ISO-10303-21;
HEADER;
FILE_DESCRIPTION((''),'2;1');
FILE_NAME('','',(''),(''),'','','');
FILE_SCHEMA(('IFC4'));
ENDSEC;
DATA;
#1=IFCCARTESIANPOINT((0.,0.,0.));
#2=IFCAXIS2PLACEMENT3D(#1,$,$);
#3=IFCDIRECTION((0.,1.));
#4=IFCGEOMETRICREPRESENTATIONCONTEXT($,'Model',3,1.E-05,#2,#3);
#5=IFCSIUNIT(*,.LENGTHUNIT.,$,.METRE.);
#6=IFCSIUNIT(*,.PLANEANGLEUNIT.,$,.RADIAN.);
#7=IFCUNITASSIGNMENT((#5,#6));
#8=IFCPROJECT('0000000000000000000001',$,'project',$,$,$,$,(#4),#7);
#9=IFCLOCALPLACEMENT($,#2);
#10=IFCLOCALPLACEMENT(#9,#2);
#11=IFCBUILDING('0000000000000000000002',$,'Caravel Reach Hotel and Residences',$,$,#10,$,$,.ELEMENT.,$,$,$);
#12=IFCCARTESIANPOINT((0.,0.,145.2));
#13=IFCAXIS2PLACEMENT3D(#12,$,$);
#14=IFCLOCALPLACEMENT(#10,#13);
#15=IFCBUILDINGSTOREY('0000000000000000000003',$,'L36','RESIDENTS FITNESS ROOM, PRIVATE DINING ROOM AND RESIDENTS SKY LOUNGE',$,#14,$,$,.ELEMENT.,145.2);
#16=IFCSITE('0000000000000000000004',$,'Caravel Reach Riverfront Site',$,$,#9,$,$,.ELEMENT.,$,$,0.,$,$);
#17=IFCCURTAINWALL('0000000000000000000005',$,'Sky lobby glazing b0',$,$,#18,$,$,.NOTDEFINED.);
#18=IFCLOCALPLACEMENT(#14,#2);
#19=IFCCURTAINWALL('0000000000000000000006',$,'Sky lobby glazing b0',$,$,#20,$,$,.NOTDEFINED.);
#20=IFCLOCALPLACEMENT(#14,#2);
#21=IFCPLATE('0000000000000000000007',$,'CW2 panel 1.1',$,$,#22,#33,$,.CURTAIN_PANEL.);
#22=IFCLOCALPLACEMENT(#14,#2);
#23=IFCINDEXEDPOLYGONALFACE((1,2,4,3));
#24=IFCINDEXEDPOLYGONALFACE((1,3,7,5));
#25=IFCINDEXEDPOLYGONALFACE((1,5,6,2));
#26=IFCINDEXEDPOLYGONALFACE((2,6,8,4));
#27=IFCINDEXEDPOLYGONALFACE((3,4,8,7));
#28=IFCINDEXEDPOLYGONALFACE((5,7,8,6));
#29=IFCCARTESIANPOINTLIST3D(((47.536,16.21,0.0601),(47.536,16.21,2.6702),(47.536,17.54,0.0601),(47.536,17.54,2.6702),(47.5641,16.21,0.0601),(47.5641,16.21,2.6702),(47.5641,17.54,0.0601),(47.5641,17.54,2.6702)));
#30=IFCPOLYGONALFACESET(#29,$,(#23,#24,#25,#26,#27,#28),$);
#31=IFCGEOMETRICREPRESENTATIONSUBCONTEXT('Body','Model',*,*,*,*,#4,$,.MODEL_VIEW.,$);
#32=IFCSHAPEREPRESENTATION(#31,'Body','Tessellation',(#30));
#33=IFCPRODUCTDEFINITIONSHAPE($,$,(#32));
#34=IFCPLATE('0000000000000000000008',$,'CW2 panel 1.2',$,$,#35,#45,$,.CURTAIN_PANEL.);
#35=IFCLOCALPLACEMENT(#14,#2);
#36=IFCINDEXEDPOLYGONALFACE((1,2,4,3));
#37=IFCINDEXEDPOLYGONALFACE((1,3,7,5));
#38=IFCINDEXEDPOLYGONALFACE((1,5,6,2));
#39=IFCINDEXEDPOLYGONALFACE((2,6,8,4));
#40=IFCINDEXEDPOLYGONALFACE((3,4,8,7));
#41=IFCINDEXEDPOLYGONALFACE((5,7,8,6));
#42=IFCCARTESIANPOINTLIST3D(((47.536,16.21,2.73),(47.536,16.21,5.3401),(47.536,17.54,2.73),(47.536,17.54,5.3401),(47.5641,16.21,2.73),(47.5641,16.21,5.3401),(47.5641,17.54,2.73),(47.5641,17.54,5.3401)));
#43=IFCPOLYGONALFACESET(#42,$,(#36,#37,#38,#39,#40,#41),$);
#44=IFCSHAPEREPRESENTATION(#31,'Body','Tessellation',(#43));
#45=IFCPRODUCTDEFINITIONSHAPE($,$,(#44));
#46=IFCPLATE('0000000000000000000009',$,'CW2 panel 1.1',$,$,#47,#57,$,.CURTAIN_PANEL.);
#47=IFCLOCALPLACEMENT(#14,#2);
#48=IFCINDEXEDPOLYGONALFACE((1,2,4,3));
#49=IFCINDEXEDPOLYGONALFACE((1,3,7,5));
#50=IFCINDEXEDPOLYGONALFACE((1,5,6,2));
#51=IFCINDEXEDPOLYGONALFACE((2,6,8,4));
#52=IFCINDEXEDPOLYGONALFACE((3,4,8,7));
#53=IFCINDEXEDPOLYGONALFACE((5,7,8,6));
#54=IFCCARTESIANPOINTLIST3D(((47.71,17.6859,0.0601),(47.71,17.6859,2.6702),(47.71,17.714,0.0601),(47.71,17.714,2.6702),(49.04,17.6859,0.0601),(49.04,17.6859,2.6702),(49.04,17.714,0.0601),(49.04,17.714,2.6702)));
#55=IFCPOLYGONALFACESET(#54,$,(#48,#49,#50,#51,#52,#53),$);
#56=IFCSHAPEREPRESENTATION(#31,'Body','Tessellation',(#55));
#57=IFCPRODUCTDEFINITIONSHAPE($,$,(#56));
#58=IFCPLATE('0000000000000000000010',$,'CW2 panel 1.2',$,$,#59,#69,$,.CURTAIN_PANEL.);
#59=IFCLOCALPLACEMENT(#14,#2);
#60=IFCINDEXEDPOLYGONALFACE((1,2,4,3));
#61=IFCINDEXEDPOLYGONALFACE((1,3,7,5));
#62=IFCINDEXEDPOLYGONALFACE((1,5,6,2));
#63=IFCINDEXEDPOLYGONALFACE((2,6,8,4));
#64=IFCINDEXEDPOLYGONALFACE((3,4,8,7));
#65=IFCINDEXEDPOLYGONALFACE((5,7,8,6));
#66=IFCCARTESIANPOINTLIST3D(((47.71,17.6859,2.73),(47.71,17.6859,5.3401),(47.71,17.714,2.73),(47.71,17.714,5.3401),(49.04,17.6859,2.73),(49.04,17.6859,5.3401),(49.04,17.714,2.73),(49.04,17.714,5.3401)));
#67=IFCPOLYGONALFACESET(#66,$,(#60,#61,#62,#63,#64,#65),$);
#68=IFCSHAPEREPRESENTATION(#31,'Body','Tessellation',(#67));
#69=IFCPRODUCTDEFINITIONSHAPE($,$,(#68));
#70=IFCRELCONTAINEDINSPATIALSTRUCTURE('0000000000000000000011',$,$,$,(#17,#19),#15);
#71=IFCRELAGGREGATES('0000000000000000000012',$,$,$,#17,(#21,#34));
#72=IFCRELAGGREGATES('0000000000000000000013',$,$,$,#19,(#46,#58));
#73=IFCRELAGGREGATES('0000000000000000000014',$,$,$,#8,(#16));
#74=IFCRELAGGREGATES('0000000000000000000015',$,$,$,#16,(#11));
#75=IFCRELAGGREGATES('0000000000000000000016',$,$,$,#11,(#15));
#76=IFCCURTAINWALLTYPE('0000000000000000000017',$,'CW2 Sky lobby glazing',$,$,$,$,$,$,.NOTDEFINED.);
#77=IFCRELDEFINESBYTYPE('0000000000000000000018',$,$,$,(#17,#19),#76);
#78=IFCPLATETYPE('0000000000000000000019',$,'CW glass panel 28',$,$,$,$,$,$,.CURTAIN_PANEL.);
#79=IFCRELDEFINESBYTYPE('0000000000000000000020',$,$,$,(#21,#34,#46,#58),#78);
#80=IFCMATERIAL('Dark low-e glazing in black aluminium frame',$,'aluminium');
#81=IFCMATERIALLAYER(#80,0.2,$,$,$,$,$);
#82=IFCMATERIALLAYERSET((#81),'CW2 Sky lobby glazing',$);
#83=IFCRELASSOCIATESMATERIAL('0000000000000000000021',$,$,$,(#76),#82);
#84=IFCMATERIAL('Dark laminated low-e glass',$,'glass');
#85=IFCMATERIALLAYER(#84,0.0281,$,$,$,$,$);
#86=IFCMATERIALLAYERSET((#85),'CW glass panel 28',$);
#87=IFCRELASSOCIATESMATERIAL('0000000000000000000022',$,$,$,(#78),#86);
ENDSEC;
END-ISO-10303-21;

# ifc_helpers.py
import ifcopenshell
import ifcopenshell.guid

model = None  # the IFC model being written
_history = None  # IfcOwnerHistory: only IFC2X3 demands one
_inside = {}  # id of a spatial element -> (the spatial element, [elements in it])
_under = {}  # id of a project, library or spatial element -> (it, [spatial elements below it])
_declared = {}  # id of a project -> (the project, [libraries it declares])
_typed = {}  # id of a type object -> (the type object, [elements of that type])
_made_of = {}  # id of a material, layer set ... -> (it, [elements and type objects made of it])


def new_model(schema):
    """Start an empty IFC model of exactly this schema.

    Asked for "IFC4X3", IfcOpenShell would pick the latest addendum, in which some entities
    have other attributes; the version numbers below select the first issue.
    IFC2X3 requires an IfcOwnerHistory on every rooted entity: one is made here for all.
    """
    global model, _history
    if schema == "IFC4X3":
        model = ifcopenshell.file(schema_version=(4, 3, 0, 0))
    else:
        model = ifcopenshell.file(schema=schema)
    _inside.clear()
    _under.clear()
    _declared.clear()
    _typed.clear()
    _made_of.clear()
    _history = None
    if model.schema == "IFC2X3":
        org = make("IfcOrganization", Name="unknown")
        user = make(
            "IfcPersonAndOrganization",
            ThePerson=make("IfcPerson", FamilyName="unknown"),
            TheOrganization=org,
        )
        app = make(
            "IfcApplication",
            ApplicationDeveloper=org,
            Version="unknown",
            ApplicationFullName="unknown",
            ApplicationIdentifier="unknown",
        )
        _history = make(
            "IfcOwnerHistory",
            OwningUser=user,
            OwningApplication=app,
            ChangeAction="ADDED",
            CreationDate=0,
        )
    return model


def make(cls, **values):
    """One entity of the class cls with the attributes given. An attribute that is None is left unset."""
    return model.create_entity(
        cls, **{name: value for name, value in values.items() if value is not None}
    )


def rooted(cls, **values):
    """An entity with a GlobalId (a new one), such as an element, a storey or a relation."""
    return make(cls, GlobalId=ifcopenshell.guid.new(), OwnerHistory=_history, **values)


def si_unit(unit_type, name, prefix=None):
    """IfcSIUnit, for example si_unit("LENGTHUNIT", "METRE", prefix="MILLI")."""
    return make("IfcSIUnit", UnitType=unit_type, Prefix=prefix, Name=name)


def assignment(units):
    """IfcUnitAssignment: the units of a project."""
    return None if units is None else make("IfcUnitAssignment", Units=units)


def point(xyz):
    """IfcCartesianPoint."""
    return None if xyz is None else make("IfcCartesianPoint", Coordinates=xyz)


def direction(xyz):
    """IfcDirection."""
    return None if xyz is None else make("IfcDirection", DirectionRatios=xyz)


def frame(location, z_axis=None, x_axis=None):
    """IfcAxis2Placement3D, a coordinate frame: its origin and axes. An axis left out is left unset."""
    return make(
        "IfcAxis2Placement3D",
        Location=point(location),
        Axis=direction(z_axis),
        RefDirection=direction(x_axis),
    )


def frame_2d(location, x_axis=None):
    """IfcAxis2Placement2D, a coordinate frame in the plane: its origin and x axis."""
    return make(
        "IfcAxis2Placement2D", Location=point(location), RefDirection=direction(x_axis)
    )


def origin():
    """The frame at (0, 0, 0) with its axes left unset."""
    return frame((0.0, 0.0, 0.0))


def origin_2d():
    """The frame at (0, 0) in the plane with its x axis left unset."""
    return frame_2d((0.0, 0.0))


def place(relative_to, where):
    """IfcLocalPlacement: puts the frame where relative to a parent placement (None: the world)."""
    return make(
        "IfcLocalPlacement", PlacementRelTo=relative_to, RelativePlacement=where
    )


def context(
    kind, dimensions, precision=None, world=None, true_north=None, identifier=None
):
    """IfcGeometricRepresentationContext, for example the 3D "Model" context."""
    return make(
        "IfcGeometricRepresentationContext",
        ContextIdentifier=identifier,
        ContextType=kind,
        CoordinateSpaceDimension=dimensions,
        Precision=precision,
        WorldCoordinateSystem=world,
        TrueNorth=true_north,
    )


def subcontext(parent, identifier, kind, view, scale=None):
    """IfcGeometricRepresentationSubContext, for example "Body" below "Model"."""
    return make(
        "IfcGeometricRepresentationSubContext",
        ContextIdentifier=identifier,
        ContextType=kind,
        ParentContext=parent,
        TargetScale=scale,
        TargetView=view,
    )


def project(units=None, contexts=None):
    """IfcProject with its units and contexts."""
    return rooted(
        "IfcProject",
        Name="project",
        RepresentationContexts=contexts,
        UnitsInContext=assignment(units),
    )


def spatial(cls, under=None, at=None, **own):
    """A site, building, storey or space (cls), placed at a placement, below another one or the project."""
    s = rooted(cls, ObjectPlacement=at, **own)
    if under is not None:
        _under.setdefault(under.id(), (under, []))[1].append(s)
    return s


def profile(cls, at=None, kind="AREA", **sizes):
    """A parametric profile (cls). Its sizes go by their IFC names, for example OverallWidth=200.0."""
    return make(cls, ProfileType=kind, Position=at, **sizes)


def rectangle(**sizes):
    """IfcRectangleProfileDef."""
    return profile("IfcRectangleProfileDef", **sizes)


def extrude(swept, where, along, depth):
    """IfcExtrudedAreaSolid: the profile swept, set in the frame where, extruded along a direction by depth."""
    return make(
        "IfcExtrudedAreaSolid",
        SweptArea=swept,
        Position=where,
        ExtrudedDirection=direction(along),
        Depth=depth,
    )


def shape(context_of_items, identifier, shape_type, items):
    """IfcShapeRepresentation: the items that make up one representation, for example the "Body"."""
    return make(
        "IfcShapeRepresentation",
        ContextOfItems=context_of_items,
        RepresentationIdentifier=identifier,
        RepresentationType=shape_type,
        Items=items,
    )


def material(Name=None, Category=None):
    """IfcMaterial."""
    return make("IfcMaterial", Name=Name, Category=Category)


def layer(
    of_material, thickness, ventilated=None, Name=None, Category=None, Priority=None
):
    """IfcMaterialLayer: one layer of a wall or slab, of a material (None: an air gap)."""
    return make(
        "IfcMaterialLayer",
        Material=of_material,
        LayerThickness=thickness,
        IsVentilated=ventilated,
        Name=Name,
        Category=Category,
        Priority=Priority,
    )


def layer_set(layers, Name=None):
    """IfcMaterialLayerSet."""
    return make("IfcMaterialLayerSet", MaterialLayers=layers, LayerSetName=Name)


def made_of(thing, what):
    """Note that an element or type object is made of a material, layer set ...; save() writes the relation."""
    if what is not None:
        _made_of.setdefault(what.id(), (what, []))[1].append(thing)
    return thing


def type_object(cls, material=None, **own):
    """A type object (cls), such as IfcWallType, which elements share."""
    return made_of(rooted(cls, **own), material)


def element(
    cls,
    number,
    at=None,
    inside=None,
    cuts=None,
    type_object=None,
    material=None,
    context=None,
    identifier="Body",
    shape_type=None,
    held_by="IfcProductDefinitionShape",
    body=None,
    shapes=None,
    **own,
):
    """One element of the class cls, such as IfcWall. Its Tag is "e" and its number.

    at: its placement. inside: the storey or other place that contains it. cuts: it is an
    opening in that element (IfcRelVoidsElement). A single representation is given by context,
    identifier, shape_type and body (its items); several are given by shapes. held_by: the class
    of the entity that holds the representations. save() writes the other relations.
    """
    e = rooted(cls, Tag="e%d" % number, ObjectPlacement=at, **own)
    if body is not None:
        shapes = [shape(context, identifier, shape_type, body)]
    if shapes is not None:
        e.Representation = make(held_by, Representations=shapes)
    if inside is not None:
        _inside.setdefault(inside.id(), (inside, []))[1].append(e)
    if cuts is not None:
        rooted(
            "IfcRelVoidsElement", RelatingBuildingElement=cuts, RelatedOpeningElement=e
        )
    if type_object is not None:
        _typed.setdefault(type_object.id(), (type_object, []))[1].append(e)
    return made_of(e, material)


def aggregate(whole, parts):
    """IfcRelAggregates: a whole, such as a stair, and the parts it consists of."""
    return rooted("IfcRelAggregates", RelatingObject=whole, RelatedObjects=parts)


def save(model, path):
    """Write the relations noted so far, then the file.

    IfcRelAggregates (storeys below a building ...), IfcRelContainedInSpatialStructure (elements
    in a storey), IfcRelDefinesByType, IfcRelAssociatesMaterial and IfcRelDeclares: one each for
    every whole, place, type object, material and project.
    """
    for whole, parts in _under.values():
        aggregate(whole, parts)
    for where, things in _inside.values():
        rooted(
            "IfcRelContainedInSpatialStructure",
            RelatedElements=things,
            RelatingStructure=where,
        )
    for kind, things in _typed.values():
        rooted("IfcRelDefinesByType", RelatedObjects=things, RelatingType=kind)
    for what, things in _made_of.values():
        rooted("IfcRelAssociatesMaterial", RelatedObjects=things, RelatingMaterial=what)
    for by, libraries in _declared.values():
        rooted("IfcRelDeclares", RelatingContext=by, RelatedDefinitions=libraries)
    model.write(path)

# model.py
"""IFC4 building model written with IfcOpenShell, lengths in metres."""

from ifc_helpers import new_model, si_unit, direction, frame, origin, origin_2d, place, context, subcontext, project, spatial, rectangle, extrude, material, layer, layer_set, type_object, element, aggregate, save


model = new_model("IFC4")

# Units and contexts
model_context = context("Model", 3, precision=1e-05, world=origin(), true_north=direction((0.0, 1.0)))
body_context = subcontext(model_context, "Body", "Model", "MODEL_VIEW")
ifc_project = project(units=[si_unit("LENGTHUNIT", "METRE"), si_unit("PLANEANGLEUNIT", "RADIAN")], contexts=[model_context])

# Site, building, storey
site_placement = place(None, origin())
site = spatial("IfcSite", under=ifc_project, at=site_placement, Name="Caravel Reach Riverfront Site", CompositionType="ELEMENT", RefElevation=0.0)
building_placement = place(site_placement, origin())
building = spatial("IfcBuilding", under=site, at=building_placement, Name="Caravel Reach Hotel and Residences", CompositionType="ELEMENT")
storey_placement = place(building_placement, frame((0.0, 0.0, 145.2)))
storey = spatial("IfcBuildingStorey", under=building, at=storey_placement, Name="L36", Description="RESIDENTS FITNESS ROOM, PRIVATE DINING ROOM AND RESIDENTS SKY LOUNGE", CompositionType="ELEMENT", Elevation=145.2)

# Curtain walls
ifc_material_1 = material(Name="Dark low-e glazing in black aluminium frame", Category="aluminium")
ifc_layer_1 = layer(ifc_material_1, 0.2)
ifc_layer_set_1 = layer_set([ifc_layer_1], Name="CW2 Sky lobby glazing")
curtain_wall_type = type_object("IfcCurtainWallType", Name="CW2 Sky lobby glazing", PredefinedType="NOTDEFINED", material=ifc_layer_set_1)
curtain_wall_1_placement = place(storey_placement, origin())
curtain_wall_1 = element("IfcCurtainWall", 1, at=curtain_wall_1_placement, inside=storey, type_object=curtain_wall_type, Name="Sky lobby glazing b0", PredefinedType="NOTDEFINED")
curtain_wall_2_placement = place(storey_placement, origin())
curtain_wall_2 = element("IfcCurtainWall", 2, at=curtain_wall_2_placement, inside=storey, type_object=curtain_wall_type, Name="Sky lobby glazing b0", PredefinedType="NOTDEFINED")

# Plates
ifc_material_2 = material(Name="Dark laminated low-e glass", Category="glass")
ifc_layer_2 = layer(ifc_material_2, 0.0281)
ifc_layer_set_2 = layer_set([ifc_layer_2], Name="CW glass panel 28")
plate_type = type_object("IfcPlateType", Name="CW glass panel 28", PredefinedType="CURTAIN_PANEL", material=ifc_layer_set_2)
plate_1_placement = place(storey_placement, frame((47.55, 16.875, 0.0601), z_axis=(0.0, 0.0, 1.0), x_axis=(0.0, 1.0, 0.0)))
plate_1 = element("IfcPlate", 3, at=plate_1_placement, type_object=plate_type, Name="CW2 panel 1.1", PredefinedType="CURTAIN_PANEL", context=body_context, shape_type="SweptSolid", body=[
    extrude(rectangle(XDim=1.3301, YDim=0.0281, at=origin_2d()), origin(), (0.0, 0.0, 1.0), 2.6101),
])
plate_2_placement = place(storey_placement, frame((47.55, 16.875, 2.73), z_axis=(0.0, 0.0, 1.0), x_axis=(0.0, 1.0, 0.0)))
plate_2 = element("IfcPlate", 4, at=plate_2_placement, type_object=plate_type, Name="CW2 panel 1.2", PredefinedType="CURTAIN_PANEL", context=body_context, shape_type="SweptSolid", body=[
    extrude(rectangle(XDim=1.3301, YDim=0.0281, at=origin_2d()), origin(), (0.0, 0.0, 1.0), 2.6101),
])
aggregate(curtain_wall_1, [plate_1, plate_2])
plate_3_placement = place(storey_placement, frame((48.375, 17.7, 0.0601), z_axis=(0.0, 0.0, 1.0), x_axis=(1.0, 0.0, 0.0)))
plate_3 = element("IfcPlate", 5, at=plate_3_placement, type_object=plate_type, Name="CW2 panel 1.1", PredefinedType="CURTAIN_PANEL", context=body_context, shape_type="SweptSolid", body=[
    extrude(rectangle(XDim=1.3301, YDim=0.0281, at=origin_2d()), origin(), (0.0, 0.0, 1.0), 2.6101),
])
plate_4_placement = place(storey_placement, frame((48.375, 17.7, 2.73), z_axis=(0.0, 0.0, 1.0), x_axis=(1.0, 0.0, 0.0)))
plate_4 = element("IfcPlate", 6, at=plate_4_placement, type_object=plate_type, Name="CW2 panel 1.2", PredefinedType="CURTAIN_PANEL", context=body_context, shape_type="SweptSolid", body=[
    extrude(rectangle(XDim=1.3301, YDim=0.0281, at=origin_2d()), origin(), (0.0, 0.0, 1.0), 2.6101),
])
aggregate(curtain_wall_2, [plate_3, plate_4])

save(model, "model.ifc")
